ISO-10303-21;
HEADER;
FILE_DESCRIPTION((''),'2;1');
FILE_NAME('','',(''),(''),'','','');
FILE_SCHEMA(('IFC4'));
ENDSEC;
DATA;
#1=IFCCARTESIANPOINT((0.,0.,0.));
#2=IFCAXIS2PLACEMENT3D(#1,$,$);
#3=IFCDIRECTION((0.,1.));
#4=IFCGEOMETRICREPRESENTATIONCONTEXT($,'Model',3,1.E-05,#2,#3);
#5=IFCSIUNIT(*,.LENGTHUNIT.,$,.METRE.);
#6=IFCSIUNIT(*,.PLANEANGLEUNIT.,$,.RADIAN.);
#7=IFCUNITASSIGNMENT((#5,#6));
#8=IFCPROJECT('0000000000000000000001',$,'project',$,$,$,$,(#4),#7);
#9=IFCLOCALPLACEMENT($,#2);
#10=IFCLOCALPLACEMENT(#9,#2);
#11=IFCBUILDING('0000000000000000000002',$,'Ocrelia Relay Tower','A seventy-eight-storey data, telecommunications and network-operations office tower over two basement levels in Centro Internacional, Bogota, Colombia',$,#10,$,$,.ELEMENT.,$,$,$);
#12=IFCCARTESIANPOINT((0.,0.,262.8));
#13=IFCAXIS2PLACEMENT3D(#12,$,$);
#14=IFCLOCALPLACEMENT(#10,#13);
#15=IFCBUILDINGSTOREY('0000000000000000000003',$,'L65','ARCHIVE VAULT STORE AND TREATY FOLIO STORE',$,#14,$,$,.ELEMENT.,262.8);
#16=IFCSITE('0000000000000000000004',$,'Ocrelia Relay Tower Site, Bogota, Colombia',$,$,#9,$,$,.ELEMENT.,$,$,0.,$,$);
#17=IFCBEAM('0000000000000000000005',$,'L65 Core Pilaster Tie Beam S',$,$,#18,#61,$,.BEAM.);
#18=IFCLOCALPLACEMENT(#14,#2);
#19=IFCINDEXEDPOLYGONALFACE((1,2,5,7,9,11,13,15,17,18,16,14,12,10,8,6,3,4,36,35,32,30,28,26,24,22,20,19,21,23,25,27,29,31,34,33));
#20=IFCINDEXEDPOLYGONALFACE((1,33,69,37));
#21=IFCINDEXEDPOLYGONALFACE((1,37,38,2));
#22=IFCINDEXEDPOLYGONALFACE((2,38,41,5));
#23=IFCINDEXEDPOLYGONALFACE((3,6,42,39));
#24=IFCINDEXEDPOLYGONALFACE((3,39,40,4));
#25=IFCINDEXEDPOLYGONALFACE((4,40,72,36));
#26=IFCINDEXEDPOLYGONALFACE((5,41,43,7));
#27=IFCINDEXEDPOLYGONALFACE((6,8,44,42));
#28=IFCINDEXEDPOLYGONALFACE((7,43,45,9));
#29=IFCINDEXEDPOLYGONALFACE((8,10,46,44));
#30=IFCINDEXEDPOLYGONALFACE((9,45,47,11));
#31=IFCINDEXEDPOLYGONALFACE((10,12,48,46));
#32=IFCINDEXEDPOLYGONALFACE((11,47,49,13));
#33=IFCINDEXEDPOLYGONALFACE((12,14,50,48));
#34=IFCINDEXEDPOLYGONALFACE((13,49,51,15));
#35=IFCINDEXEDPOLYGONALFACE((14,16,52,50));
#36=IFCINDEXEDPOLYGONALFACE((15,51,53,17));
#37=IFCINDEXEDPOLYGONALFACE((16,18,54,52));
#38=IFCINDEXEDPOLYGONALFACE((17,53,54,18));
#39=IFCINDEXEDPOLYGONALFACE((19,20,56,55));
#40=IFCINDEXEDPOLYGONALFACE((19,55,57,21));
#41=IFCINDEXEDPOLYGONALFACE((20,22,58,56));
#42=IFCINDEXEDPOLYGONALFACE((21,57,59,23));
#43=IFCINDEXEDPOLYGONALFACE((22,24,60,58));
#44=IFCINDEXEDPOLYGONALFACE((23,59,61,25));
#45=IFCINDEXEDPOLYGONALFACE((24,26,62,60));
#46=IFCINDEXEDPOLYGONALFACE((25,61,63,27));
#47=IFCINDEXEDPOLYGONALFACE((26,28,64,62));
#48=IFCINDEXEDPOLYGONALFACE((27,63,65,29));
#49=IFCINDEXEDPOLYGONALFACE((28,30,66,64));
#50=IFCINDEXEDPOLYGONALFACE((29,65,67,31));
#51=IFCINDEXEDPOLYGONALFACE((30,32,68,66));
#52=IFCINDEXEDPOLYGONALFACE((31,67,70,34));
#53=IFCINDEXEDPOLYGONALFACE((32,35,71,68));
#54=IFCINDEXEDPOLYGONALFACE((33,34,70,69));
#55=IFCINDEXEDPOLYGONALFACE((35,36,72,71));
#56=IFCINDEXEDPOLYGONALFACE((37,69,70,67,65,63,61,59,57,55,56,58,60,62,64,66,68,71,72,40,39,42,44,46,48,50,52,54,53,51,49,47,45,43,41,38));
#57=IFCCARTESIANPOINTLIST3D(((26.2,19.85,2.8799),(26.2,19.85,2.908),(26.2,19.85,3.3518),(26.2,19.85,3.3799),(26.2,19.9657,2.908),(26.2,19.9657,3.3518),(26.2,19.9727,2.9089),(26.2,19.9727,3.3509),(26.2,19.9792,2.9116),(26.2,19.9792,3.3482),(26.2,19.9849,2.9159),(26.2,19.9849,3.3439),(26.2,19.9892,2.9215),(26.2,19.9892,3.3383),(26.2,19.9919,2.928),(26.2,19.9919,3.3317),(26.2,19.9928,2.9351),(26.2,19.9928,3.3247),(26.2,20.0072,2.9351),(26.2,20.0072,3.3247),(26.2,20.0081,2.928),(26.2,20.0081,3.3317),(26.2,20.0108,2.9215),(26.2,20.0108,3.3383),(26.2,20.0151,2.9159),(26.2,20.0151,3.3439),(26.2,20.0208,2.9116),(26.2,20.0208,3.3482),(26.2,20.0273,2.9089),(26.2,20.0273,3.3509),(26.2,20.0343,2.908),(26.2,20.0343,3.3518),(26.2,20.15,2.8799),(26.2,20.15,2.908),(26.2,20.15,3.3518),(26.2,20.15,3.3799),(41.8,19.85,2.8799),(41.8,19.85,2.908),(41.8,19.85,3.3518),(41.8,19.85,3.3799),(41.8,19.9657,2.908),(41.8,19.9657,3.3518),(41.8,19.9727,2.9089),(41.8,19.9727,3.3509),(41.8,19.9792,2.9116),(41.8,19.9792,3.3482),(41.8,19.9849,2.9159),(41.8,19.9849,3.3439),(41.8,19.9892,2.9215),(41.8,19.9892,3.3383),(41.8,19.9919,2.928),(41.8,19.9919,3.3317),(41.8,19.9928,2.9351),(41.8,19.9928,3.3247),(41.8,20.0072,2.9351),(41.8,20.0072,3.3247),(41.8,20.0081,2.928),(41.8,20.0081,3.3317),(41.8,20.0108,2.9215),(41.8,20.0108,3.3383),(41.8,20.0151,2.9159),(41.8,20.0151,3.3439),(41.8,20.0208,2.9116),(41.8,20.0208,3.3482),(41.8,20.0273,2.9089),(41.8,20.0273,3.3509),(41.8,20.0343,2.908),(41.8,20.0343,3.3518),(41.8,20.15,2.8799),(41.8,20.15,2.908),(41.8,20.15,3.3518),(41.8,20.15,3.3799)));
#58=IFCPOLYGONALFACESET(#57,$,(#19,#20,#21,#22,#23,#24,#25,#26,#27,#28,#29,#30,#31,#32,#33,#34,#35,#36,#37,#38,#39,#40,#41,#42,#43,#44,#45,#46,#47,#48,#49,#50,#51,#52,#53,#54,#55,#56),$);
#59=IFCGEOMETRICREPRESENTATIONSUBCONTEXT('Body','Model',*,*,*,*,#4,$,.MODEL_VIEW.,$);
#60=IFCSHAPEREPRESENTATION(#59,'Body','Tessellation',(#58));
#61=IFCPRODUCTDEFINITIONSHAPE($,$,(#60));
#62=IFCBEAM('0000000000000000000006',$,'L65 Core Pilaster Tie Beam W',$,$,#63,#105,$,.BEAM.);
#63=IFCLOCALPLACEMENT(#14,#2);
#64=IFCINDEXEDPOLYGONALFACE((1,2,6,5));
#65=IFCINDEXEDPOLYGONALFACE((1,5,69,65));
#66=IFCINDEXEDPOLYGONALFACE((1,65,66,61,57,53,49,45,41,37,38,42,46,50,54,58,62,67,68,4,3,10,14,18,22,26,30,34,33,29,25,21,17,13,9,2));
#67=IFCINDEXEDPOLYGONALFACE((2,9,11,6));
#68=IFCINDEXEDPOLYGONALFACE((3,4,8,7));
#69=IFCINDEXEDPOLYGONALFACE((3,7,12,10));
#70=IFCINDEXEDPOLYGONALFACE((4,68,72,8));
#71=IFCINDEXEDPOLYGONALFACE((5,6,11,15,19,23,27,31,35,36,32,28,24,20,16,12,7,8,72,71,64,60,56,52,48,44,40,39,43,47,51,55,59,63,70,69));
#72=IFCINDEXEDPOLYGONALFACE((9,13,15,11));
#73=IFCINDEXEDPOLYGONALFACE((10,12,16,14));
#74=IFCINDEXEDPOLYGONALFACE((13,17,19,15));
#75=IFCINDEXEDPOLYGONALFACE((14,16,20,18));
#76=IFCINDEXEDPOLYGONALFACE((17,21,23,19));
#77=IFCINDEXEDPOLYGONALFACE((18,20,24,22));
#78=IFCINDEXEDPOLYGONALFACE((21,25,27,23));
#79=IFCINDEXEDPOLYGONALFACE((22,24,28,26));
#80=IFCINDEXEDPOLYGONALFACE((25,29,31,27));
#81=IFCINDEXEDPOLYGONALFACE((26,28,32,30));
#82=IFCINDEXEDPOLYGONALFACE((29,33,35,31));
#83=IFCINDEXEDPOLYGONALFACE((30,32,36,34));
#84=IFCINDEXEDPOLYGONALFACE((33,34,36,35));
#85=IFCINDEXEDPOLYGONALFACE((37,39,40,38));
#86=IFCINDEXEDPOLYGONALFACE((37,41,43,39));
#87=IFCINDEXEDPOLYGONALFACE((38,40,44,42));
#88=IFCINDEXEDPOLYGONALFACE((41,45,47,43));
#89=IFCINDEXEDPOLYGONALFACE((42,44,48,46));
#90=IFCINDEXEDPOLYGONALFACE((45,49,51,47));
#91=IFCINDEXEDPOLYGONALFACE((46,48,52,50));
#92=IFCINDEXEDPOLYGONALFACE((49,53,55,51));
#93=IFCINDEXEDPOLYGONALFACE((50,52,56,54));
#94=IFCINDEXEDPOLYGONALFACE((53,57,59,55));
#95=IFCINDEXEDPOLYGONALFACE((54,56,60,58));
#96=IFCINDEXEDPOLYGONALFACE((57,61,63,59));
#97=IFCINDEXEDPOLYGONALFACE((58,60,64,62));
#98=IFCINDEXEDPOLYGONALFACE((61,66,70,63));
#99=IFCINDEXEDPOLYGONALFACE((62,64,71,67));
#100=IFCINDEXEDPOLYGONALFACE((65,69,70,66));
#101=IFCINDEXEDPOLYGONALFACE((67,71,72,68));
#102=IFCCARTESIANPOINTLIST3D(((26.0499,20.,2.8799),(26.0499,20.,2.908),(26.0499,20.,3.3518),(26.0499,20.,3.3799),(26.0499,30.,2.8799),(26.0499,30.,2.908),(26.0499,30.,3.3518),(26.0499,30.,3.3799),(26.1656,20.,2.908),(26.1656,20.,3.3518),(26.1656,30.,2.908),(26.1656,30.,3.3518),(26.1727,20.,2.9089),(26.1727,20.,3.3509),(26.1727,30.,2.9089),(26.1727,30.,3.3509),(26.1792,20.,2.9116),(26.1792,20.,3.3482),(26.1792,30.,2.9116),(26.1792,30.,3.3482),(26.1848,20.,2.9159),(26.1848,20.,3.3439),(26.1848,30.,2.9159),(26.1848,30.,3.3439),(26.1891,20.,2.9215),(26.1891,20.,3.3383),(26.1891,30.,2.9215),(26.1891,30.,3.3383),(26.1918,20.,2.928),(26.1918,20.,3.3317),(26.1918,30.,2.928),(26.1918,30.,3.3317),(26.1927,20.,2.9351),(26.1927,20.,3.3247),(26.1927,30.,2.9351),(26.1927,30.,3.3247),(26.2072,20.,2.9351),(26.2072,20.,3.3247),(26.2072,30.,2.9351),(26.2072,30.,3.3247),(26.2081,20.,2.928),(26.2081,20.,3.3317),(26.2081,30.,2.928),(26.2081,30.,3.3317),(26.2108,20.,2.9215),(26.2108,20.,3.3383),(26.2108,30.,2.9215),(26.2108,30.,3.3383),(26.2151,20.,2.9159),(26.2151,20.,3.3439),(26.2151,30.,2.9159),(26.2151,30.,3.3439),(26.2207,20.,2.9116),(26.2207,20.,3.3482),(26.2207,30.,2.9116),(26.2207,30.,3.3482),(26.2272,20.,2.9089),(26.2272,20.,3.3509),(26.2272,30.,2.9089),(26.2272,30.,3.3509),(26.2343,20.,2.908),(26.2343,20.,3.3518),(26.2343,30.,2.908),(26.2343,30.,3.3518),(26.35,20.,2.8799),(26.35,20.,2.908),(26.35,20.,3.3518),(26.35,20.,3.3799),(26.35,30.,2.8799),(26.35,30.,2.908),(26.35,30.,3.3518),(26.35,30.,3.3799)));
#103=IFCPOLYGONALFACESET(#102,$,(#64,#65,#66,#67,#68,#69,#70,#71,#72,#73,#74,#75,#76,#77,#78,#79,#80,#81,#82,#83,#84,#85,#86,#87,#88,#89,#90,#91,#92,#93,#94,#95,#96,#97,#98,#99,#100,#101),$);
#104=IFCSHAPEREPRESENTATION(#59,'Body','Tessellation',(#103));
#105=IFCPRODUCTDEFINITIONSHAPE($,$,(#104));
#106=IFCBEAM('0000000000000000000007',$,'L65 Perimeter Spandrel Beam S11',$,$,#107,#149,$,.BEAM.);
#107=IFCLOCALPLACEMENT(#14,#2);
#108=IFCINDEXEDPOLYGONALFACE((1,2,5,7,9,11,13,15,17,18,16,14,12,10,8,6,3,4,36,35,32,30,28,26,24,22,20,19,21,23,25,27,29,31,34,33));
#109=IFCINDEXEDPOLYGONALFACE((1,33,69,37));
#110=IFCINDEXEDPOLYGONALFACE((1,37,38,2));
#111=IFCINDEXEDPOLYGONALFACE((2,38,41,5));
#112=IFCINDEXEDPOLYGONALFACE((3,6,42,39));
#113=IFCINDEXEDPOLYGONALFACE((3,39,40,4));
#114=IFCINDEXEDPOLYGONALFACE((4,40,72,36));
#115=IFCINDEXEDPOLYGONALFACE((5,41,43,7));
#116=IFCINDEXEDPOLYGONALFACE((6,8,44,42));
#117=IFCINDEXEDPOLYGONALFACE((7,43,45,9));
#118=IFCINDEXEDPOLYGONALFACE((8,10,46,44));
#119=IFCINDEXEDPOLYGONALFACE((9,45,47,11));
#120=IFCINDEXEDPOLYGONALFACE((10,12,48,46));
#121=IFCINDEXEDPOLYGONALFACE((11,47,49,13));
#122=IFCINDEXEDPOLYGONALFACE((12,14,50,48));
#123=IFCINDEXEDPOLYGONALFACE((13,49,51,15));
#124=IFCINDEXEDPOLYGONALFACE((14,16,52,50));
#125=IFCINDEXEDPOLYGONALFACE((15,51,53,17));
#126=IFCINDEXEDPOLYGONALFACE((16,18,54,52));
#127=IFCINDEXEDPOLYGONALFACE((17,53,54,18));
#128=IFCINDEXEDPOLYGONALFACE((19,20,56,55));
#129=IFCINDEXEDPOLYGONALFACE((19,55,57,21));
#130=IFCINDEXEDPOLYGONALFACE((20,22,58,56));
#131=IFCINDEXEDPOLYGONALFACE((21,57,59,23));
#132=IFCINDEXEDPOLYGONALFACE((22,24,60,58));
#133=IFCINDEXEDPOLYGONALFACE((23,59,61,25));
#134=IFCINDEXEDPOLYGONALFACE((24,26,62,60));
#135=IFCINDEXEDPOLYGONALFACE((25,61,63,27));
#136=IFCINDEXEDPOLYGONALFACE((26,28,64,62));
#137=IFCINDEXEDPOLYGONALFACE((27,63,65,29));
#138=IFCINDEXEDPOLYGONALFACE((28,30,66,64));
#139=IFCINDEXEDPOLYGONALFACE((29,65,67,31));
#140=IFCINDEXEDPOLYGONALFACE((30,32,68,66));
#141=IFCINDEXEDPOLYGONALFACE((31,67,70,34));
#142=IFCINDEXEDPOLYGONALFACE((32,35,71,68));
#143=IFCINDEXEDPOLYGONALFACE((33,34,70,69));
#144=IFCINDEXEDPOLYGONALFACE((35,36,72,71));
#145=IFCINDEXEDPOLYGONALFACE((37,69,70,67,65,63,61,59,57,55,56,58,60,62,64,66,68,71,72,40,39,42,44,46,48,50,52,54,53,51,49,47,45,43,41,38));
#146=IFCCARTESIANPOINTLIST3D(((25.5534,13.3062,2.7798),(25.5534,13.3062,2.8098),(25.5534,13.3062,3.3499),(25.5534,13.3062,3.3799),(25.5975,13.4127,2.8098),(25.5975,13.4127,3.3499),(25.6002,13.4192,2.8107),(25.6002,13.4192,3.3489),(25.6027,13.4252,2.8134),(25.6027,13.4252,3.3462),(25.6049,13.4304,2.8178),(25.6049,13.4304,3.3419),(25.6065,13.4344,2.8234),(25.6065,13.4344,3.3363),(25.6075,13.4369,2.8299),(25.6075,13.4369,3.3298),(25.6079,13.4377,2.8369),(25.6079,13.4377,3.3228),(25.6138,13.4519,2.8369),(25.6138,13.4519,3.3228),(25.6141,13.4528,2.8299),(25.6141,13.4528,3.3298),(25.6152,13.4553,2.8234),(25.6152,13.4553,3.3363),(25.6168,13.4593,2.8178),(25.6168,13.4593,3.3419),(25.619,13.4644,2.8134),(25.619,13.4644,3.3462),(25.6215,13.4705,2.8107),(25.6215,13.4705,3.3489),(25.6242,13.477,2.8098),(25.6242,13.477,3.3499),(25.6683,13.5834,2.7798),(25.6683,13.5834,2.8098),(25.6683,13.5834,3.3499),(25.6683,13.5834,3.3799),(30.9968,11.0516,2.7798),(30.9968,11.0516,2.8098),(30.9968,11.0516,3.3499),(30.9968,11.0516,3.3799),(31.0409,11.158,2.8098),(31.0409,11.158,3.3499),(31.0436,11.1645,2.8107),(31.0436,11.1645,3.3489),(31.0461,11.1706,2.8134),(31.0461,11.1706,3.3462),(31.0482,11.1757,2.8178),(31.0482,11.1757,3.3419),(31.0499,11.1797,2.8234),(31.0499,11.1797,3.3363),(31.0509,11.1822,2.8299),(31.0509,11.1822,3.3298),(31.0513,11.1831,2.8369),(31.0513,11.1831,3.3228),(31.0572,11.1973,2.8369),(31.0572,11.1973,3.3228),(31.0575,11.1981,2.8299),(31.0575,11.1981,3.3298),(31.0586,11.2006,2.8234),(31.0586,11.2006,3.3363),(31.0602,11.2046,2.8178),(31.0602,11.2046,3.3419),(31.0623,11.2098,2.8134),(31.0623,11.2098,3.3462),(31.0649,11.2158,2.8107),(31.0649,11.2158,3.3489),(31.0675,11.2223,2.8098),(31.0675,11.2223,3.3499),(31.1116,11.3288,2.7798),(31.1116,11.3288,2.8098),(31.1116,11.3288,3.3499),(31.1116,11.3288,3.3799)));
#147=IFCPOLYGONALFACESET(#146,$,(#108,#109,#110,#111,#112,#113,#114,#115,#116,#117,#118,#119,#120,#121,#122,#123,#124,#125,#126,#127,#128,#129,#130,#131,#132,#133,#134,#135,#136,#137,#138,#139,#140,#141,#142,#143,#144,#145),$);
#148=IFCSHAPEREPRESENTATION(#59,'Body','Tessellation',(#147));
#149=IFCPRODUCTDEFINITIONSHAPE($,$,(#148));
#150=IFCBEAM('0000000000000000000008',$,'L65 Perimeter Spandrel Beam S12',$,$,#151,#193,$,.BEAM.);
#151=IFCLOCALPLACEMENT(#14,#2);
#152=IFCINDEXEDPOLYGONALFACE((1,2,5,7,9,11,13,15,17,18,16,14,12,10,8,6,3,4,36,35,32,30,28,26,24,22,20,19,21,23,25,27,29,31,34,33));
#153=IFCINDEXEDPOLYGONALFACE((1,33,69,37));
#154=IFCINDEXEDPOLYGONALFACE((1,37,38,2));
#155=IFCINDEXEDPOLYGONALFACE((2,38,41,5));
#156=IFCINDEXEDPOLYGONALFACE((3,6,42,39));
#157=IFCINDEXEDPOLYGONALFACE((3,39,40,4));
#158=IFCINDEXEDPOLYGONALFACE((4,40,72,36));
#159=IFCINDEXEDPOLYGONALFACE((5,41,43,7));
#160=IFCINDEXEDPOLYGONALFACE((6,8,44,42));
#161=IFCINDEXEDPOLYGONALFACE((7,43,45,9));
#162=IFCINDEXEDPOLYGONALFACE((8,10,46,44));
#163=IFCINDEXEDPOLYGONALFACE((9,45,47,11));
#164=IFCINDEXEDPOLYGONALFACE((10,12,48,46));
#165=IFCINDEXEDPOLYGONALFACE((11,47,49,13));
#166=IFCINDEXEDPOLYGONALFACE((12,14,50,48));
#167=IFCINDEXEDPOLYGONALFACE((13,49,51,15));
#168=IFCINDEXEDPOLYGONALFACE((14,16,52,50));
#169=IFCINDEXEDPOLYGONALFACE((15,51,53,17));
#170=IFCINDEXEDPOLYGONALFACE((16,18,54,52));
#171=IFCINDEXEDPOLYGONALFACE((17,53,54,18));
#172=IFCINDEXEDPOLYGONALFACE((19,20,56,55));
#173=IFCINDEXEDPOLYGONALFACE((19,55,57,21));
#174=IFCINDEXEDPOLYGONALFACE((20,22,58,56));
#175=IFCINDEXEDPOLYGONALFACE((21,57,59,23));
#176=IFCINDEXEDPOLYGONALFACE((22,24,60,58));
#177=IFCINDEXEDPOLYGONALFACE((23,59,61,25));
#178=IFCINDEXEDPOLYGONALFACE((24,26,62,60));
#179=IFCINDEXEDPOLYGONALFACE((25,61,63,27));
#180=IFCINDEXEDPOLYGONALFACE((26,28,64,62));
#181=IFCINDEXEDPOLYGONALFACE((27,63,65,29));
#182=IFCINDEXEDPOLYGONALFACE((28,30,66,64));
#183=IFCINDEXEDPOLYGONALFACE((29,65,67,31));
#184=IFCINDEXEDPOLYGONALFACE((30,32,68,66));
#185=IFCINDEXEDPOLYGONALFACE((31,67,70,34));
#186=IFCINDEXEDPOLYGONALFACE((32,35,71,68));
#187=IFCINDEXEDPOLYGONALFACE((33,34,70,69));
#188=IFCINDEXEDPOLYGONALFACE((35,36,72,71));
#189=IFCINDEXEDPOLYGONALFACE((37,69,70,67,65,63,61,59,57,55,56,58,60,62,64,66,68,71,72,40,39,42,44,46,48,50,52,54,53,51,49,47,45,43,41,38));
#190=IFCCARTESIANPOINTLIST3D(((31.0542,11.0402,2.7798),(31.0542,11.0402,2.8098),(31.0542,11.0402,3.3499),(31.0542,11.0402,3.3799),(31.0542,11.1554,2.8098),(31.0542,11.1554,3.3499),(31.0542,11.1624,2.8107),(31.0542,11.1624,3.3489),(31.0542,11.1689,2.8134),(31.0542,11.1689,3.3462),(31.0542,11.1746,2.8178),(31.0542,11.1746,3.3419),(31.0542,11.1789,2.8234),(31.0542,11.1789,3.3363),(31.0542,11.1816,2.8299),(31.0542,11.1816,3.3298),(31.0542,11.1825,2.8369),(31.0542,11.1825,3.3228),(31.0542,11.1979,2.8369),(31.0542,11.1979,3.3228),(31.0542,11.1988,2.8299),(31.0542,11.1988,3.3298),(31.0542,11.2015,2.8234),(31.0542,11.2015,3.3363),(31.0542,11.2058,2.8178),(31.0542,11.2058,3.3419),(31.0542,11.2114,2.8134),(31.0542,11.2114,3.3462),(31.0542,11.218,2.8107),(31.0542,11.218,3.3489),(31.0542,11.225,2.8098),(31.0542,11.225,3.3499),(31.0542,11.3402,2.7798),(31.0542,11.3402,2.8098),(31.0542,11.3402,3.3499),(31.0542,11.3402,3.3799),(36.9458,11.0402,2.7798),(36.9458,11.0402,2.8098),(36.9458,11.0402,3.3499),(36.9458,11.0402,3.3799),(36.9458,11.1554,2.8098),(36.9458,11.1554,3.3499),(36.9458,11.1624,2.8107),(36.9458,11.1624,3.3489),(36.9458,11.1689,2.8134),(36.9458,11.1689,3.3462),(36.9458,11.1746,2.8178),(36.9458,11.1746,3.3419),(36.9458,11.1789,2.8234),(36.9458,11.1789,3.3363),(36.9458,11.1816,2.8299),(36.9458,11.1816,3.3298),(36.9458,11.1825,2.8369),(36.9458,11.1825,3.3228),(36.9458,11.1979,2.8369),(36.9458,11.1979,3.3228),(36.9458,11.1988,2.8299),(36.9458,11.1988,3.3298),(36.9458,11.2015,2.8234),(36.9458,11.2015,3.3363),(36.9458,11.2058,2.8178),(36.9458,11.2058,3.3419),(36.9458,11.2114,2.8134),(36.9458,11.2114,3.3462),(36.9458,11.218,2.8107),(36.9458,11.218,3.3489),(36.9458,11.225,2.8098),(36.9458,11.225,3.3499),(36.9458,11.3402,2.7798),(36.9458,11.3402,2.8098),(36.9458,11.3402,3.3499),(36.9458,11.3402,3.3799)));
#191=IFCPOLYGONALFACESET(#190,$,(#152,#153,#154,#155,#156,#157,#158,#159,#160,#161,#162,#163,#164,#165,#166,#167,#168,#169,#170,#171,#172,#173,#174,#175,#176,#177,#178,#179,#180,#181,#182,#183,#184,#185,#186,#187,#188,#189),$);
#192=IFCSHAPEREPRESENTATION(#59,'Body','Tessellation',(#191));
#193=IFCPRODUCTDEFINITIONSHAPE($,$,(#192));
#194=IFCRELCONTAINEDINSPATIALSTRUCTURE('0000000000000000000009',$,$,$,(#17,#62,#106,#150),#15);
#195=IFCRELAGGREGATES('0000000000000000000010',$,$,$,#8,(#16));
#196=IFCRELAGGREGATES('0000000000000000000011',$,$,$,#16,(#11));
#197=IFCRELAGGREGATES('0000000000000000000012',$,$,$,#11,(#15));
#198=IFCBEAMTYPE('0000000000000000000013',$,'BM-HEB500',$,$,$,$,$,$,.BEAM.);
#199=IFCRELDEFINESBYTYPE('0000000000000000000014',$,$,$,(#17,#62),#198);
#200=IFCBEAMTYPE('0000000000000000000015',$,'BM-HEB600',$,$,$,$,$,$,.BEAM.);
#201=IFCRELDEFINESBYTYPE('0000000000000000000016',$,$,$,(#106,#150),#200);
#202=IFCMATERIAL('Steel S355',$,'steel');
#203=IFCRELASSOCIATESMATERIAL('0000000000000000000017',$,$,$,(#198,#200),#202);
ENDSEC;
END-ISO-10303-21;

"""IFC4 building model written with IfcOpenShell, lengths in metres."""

from ifc_helpers import new_model, si_unit, direction, frame, origin, origin_2d, place, context, subcontext, project, spatial, i_section, extrude, material, material_profile, profile_set, type_object, element, save


model = new_model("IFC4")

# Units and contexts
model_context = context("Model", 3, precision=1e-05, world=origin(), true_north=direction((0.0, 1.0)))
body_context = subcontext(model_context, "Body", "Model", "MODEL_VIEW")
ifc_project = project(units=[si_unit("LENGTHUNIT", "METRE"), si_unit("PLANEANGLEUNIT", "RADIAN")], contexts=[model_context])

# Site, building, storey
site_placement = place(None, origin())
site = spatial("IfcSite", under=ifc_project, at=site_placement, Name="Ocrelia Relay Tower Site, Bogota, Colombia", CompositionType="ELEMENT", RefElevation=0.0)
building_placement = place(site_placement, origin())
building = spatial("IfcBuilding", under=site, at=building_placement, Name="Ocrelia Relay Tower", Description="A seventy-eight-storey data, telecommunications and network-operations office tower over two basement levels in Centro Internacional, Bogota, Colombia", CompositionType="ELEMENT")
storey_placement = place(building_placement, frame((0.0, 0.0, 262.8)))
storey = spatial("IfcBuildingStorey", under=building, at=storey_placement, Name="L65", Description="ARCHIVE VAULT STORE AND TREATY FOLIO STORE", CompositionType="ELEMENT", Elevation=262.8)

# Beams
ifc_material_1 = material(Name="Steel S355", Category="steel")
ifc_material_profile_1 = material_profile(ifc_material_1, i_section(OverallWidth=0.3, OverallDepth=0.5, WebThickness=0.0144, FlangeThickness=0.0281, FilletRadius=0.0271, at=origin_2d()), Name="HEB 500")
ifc_profile_set_1 = profile_set([ifc_material_profile_1], Name="Steel S355")
beam_type_1 = type_object("IfcBeamType", Name="BM-HEB500", PredefinedType="BEAM", material=ifc_profile_set_1)
beam_1_placement = place(storey_placement, frame((26.2, 20.0, 3.1299), z_axis=(1.0, 0.0, 0.0), x_axis=(0.0, 1.0, 0.0)))
element("IfcBeam", 1, at=beam_1_placement, inside=storey, type_object=beam_type_1, Name="L65 Core Pilaster Tie Beam S", PredefinedType="BEAM", context=body_context, shape_type="SweptSolid", body=[
    extrude(i_section(OverallWidth=0.3, OverallDepth=0.5, WebThickness=0.0144, FlangeThickness=0.0281, FilletRadius=0.0271, at=origin_2d()), origin(), (0.0, 0.0, 1.0), 15.6001),
])
beam_2_placement = place(storey_placement, frame((26.2, 20.0, 3.1299), z_axis=(0.0, 1.0, 0.0), x_axis=(-1.0, 0.0, 0.0)))
element("IfcBeam", 2, at=beam_2_placement, inside=storey, type_object=beam_type_1, Name="L65 Core Pilaster Tie Beam W", PredefinedType="BEAM", context=body_context, shape_type="SweptSolid", body=[
    extrude(i_section(OverallWidth=0.3, OverallDepth=0.5, WebThickness=0.0144, FlangeThickness=0.0281, FilletRadius=0.0271, at=origin_2d()), origin(), (0.0, 0.0, 1.0), 10.0),
])
ifc_material_profile_2 = material_profile(ifc_material_1, i_section(OverallWidth=0.3, OverallDepth=0.6001, WebThickness=0.0154, FlangeThickness=0.03, FilletRadius=0.0271, at=origin_2d()), Name="HEB 600")
ifc_profile_set_2 = profile_set([ifc_material_profile_2], Name="Steel S355")
beam_type_2 = type_object("IfcBeamType", Name="BM-HEB600", PredefinedType="BEAM", material=ifc_profile_set_2)
beam_3_placement = place(storey_placement, frame((25.6108, 13.4448, 3.0798), z_axis=(0.923884, -0.382673, 0.0), x_axis=(0.382673, 0.923884, 0.0)))
element("IfcBeam", 3, at=beam_3_placement, inside=storey, type_object=beam_type_2, Name="L65 Perimeter Spandrel Beam S11", PredefinedType="BEAM", context=body_context, shape_type="SweptSolid", body=[
    extrude(i_section(OverallWidth=0.3, OverallDepth=0.6001, WebThickness=0.0154, FlangeThickness=0.03, FilletRadius=0.0271, at=origin_2d()), origin(), (0.0, 0.0, 1.0), 5.8918),
])
beam_4_placement = place(storey_placement, frame((31.0542, 11.1902, 3.0798), z_axis=(1.0, 0.0, 0.0), x_axis=(0.0, 1.0, 0.0)))
element("IfcBeam", 4, at=beam_4_placement, inside=storey, type_object=beam_type_2, Name="L65 Perimeter Spandrel Beam S12", PredefinedType="BEAM", context=body_context, shape_type="SweptSolid", body=[
    extrude(i_section(OverallWidth=0.3, OverallDepth=0.6001, WebThickness=0.0154, FlangeThickness=0.03, FilletRadius=0.0271, at=origin_2d()), origin(), (0.0, 0.0, 1.0), 5.8916),
])

save(model, "model.ifc")
